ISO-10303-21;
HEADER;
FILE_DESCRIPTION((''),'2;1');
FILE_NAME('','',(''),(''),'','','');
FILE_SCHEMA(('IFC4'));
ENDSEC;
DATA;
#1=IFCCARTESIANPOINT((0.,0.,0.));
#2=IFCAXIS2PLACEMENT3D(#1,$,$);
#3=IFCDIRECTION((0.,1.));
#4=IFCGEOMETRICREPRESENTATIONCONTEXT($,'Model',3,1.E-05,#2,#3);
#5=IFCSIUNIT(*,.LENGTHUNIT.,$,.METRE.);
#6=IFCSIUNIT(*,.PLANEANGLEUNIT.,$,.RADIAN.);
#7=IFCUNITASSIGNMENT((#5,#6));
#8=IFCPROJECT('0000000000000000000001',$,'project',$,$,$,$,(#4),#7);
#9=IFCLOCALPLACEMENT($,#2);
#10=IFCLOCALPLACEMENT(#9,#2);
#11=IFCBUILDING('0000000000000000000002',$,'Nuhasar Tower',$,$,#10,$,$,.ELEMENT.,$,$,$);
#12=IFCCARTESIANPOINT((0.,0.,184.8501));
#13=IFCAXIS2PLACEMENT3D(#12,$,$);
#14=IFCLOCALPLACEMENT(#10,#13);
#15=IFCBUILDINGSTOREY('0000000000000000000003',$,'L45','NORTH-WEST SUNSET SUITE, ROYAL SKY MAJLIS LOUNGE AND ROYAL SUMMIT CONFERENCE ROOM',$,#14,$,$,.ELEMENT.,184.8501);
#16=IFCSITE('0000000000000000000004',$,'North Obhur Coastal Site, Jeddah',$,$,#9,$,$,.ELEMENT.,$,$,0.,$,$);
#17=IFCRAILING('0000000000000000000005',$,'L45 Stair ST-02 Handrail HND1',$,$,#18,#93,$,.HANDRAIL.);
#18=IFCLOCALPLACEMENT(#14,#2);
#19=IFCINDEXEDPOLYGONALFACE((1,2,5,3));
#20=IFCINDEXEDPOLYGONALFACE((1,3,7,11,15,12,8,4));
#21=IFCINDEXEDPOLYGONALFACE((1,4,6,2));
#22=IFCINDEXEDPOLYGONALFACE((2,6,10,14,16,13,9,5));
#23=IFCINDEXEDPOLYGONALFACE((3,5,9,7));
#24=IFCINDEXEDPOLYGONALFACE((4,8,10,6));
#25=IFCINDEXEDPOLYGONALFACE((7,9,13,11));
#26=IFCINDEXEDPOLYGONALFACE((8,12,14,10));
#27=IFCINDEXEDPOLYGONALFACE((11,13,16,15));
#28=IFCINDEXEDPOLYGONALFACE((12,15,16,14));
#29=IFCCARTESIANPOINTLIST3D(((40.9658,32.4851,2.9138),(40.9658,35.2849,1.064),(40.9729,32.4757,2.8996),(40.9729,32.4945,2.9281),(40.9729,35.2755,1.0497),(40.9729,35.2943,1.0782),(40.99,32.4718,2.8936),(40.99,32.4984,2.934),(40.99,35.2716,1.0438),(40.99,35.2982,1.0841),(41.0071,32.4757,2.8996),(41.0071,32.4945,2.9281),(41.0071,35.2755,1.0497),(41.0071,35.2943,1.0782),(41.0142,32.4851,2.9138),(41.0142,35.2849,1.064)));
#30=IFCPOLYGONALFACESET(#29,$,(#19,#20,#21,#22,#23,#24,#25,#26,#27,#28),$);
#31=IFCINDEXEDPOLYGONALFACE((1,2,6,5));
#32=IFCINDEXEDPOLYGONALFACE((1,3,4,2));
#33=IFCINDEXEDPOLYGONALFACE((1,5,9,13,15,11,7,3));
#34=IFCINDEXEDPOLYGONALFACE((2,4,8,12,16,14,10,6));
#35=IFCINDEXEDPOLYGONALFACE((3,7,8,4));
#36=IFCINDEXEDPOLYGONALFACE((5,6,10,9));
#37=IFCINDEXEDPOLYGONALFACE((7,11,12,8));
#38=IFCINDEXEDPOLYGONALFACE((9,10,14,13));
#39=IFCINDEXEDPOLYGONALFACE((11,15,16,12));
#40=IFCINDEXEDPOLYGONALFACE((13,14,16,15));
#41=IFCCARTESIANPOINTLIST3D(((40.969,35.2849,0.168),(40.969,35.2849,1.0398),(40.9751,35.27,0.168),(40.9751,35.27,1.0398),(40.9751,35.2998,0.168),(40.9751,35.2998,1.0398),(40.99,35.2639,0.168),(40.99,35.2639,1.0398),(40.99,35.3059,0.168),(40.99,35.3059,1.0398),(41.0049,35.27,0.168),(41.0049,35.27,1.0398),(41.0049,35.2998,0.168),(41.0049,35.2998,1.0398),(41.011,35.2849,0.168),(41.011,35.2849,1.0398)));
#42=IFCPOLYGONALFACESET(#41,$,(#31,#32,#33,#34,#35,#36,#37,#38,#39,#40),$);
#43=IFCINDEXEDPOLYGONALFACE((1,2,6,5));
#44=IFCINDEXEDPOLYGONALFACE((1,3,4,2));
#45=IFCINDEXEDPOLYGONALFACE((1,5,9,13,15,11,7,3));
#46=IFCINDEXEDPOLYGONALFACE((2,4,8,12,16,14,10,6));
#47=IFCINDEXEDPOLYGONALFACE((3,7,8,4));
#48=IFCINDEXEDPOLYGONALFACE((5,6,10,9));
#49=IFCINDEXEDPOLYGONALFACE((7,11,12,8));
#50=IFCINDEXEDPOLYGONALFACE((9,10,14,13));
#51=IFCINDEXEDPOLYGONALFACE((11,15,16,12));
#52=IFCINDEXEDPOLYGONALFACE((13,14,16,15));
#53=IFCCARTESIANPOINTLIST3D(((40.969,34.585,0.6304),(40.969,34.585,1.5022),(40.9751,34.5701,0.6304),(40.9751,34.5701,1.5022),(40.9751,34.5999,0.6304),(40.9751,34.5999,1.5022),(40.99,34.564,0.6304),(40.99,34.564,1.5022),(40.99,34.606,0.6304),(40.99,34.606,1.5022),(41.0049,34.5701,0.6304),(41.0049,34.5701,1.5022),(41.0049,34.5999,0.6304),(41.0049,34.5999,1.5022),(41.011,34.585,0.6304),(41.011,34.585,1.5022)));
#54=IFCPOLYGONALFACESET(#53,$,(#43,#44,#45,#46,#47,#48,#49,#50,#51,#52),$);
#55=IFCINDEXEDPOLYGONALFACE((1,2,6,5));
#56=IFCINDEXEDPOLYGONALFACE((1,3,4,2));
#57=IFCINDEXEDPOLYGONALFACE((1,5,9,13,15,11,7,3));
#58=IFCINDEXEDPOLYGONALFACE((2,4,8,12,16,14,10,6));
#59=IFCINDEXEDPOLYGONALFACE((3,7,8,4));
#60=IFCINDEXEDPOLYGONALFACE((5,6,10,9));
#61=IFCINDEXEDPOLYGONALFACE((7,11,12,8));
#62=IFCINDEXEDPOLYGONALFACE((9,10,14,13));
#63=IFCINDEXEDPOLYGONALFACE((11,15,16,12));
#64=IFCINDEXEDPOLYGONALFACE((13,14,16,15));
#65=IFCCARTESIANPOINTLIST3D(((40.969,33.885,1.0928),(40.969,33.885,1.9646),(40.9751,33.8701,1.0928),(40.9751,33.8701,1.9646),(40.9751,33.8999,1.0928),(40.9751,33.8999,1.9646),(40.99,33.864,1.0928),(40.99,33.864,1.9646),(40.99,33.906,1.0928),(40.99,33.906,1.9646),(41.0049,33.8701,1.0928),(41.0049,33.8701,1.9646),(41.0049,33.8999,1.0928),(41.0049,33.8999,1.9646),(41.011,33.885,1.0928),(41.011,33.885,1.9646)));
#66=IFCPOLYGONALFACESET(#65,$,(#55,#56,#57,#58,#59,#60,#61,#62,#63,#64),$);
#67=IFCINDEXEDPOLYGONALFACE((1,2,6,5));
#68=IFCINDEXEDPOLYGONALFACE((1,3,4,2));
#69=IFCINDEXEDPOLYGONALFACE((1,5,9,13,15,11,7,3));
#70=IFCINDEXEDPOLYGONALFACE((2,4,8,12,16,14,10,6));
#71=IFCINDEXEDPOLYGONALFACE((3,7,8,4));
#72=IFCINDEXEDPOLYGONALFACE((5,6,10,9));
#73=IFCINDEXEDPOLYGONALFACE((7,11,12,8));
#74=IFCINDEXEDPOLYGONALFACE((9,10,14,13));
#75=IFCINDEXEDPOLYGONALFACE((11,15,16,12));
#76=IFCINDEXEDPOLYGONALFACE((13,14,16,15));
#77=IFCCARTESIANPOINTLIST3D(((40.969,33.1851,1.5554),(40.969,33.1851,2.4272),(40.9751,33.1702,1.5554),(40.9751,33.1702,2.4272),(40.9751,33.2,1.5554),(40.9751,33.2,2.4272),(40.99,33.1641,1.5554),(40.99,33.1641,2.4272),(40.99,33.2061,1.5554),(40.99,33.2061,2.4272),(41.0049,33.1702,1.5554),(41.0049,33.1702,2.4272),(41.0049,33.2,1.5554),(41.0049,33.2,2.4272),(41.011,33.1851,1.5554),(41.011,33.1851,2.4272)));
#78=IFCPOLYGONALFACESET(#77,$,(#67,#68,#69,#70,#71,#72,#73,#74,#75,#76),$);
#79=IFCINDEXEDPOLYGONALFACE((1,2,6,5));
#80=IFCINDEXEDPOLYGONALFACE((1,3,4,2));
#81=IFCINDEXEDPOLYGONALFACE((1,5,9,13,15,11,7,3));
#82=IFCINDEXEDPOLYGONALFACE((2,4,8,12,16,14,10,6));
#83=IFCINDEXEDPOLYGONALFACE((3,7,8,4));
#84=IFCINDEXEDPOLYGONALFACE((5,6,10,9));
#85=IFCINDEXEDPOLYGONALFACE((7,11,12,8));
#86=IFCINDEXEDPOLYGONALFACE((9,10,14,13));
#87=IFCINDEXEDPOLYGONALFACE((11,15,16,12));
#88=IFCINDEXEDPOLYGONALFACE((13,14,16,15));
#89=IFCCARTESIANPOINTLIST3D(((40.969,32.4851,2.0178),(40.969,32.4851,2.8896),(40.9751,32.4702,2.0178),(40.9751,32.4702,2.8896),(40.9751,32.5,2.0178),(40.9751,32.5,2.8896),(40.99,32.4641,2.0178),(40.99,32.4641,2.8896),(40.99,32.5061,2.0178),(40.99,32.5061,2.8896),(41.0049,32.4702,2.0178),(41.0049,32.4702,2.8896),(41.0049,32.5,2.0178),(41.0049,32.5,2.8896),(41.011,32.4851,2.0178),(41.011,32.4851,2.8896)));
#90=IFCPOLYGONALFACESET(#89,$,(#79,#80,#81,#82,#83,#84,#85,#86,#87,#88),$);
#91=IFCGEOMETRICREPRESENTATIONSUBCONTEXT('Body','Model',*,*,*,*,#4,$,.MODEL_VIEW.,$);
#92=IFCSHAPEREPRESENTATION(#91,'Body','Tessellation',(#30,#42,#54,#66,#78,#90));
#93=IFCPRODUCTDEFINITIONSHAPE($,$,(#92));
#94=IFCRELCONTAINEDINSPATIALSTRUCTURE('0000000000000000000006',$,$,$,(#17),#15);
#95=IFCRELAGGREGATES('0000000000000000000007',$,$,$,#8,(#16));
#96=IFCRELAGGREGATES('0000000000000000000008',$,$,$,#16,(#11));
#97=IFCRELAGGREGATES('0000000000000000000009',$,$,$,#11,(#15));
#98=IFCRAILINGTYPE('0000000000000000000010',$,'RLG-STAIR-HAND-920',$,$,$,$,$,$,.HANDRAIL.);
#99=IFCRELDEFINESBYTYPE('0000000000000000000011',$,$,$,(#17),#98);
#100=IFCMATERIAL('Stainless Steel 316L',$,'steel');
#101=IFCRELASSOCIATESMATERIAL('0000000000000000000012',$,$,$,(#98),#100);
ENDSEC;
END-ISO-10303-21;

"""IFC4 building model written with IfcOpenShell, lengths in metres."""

from ifc_helpers import new_model, si_unit, direction, frame, origin, place, context, subcontext, project, spatial, polyline, outline, extrude, material, type_object, element, save


model = new_model("IFC4")

# Units and contexts
model_context = context("Model", 3, precision=1e-05, world=origin(), true_north=direction((0.0, 1.0)))
body_context = subcontext(model_context, "Body", "Model", "MODEL_VIEW")
ifc_project = project(units=[si_unit("LENGTHUNIT", "METRE"), si_unit("PLANEANGLEUNIT", "RADIAN")], contexts=[model_context])

# Site, building, storey
site_placement = place(None, origin())
site = spatial("IfcSite", under=ifc_project, at=site_placement, Name="North Obhur Coastal Site, Jeddah", CompositionType="ELEMENT", RefElevation=0.0)
building_placement = place(site_placement, origin())
building = spatial("IfcBuilding", under=site, at=building_placement, Name="Nuhasar Tower", CompositionType="ELEMENT")
storey_placement = place(building_placement, frame((0.0, 0.0, 184.8501)))
storey = spatial("IfcBuildingStorey", under=building, at=storey_placement, Name="L45", Description="NORTH-WEST SUNSET SUITE, ROYAL SKY MAJLIS LOUNGE AND ROYAL SUMMIT CONFERENCE ROOM", CompositionType="ELEMENT", Elevation=184.8501)

# Railing
ifc_material_1 = material(Name="Stainless Steel 316L", Category="steel")
railing_type_1 = type_object("IfcRailingType", Name="RLG-STAIR-HAND-920", PredefinedType="HANDRAIL", material=ifc_material_1)
railing_1_placement = place(storey_placement, frame((40.99, 35.2849, 0.168)))
element("IfcRailing", 1, at=railing_1_placement, inside=storey, type_object=railing_type_1, Name="L45 Stair ST-02 Handrail HND1", PredefinedType="HANDRAIL", context=body_context, shape_type="SweptSolid", body=[
    extrude(outline(polyline([(0.0242, 0.0), (0.0171, 0.0171), (0.0, 0.0242), (-0.0171, 0.0171), (-0.0242, 0.0), (-0.0171, -0.0171), (0.0, -0.0242), (0.0171, -0.0171), (0.0242, 0.0)])), frame((0.0, 0.0, 0.896), z_axis=(0.0, -0.834338, 0.551254), x_axis=(1.0, 0.0, 0.0)), (0.0, 0.0, 1.0), 3.3557),
    extrude(outline(polyline([(0.021, 0.0), (0.0149, 0.0149), (0.0, 0.021), (-0.0149, 0.0149), (-0.021, 0.0), (-0.0149, -0.0149), (0.0, -0.021), (0.0149, -0.0149), (0.021, 0.0)])), origin(), (0.0, 0.0, 1.0), 0.8718),
    extrude(outline(polyline([(0.021, 0.0), (0.0149, 0.0149), (0.0, 0.021), (-0.0149, 0.0149), (-0.021, 0.0), (-0.0149, -0.0149), (0.0, -0.021), (0.0149, -0.0149), (0.021, 0.0)])), frame((0.0, -0.7, 0.4624)), (0.0, 0.0, 1.0), 0.8718),
    extrude(outline(polyline([(0.021, 0.0), (0.0149, 0.0149), (0.0, 0.021), (-0.0149, 0.0149), (-0.021, 0.0), (-0.0149, -0.0149), (0.0, -0.021), (0.0149, -0.0149), (0.021, 0.0)])), frame((0.0, -1.3999, 0.9248)), (0.0, 0.0, 1.0), 0.8718),
    extrude(outline(polyline([(0.021, 0.0), (0.0149, 0.0149), (0.0, 0.021), (-0.0149, 0.0149), (-0.021, 0.0), (-0.0149, -0.0149), (0.0, -0.021), (0.0149, -0.0149), (0.021, 0.0)])), frame((0.0, -2.0999, 1.3875)), (0.0, 0.0, 1.0), 0.8718),
    extrude(outline(polyline([(0.021, 0.0), (0.0149, 0.0149), (0.0, 0.021), (-0.0149, 0.0149), (-0.021, 0.0), (-0.0149, -0.0149), (0.0, -0.021), (0.0149, -0.0149), (0.021, 0.0)])), frame((0.0, -2.7998, 1.8499)), (0.0, 0.0, 1.0), 0.8718),
])

save(model, "model.ifc")
